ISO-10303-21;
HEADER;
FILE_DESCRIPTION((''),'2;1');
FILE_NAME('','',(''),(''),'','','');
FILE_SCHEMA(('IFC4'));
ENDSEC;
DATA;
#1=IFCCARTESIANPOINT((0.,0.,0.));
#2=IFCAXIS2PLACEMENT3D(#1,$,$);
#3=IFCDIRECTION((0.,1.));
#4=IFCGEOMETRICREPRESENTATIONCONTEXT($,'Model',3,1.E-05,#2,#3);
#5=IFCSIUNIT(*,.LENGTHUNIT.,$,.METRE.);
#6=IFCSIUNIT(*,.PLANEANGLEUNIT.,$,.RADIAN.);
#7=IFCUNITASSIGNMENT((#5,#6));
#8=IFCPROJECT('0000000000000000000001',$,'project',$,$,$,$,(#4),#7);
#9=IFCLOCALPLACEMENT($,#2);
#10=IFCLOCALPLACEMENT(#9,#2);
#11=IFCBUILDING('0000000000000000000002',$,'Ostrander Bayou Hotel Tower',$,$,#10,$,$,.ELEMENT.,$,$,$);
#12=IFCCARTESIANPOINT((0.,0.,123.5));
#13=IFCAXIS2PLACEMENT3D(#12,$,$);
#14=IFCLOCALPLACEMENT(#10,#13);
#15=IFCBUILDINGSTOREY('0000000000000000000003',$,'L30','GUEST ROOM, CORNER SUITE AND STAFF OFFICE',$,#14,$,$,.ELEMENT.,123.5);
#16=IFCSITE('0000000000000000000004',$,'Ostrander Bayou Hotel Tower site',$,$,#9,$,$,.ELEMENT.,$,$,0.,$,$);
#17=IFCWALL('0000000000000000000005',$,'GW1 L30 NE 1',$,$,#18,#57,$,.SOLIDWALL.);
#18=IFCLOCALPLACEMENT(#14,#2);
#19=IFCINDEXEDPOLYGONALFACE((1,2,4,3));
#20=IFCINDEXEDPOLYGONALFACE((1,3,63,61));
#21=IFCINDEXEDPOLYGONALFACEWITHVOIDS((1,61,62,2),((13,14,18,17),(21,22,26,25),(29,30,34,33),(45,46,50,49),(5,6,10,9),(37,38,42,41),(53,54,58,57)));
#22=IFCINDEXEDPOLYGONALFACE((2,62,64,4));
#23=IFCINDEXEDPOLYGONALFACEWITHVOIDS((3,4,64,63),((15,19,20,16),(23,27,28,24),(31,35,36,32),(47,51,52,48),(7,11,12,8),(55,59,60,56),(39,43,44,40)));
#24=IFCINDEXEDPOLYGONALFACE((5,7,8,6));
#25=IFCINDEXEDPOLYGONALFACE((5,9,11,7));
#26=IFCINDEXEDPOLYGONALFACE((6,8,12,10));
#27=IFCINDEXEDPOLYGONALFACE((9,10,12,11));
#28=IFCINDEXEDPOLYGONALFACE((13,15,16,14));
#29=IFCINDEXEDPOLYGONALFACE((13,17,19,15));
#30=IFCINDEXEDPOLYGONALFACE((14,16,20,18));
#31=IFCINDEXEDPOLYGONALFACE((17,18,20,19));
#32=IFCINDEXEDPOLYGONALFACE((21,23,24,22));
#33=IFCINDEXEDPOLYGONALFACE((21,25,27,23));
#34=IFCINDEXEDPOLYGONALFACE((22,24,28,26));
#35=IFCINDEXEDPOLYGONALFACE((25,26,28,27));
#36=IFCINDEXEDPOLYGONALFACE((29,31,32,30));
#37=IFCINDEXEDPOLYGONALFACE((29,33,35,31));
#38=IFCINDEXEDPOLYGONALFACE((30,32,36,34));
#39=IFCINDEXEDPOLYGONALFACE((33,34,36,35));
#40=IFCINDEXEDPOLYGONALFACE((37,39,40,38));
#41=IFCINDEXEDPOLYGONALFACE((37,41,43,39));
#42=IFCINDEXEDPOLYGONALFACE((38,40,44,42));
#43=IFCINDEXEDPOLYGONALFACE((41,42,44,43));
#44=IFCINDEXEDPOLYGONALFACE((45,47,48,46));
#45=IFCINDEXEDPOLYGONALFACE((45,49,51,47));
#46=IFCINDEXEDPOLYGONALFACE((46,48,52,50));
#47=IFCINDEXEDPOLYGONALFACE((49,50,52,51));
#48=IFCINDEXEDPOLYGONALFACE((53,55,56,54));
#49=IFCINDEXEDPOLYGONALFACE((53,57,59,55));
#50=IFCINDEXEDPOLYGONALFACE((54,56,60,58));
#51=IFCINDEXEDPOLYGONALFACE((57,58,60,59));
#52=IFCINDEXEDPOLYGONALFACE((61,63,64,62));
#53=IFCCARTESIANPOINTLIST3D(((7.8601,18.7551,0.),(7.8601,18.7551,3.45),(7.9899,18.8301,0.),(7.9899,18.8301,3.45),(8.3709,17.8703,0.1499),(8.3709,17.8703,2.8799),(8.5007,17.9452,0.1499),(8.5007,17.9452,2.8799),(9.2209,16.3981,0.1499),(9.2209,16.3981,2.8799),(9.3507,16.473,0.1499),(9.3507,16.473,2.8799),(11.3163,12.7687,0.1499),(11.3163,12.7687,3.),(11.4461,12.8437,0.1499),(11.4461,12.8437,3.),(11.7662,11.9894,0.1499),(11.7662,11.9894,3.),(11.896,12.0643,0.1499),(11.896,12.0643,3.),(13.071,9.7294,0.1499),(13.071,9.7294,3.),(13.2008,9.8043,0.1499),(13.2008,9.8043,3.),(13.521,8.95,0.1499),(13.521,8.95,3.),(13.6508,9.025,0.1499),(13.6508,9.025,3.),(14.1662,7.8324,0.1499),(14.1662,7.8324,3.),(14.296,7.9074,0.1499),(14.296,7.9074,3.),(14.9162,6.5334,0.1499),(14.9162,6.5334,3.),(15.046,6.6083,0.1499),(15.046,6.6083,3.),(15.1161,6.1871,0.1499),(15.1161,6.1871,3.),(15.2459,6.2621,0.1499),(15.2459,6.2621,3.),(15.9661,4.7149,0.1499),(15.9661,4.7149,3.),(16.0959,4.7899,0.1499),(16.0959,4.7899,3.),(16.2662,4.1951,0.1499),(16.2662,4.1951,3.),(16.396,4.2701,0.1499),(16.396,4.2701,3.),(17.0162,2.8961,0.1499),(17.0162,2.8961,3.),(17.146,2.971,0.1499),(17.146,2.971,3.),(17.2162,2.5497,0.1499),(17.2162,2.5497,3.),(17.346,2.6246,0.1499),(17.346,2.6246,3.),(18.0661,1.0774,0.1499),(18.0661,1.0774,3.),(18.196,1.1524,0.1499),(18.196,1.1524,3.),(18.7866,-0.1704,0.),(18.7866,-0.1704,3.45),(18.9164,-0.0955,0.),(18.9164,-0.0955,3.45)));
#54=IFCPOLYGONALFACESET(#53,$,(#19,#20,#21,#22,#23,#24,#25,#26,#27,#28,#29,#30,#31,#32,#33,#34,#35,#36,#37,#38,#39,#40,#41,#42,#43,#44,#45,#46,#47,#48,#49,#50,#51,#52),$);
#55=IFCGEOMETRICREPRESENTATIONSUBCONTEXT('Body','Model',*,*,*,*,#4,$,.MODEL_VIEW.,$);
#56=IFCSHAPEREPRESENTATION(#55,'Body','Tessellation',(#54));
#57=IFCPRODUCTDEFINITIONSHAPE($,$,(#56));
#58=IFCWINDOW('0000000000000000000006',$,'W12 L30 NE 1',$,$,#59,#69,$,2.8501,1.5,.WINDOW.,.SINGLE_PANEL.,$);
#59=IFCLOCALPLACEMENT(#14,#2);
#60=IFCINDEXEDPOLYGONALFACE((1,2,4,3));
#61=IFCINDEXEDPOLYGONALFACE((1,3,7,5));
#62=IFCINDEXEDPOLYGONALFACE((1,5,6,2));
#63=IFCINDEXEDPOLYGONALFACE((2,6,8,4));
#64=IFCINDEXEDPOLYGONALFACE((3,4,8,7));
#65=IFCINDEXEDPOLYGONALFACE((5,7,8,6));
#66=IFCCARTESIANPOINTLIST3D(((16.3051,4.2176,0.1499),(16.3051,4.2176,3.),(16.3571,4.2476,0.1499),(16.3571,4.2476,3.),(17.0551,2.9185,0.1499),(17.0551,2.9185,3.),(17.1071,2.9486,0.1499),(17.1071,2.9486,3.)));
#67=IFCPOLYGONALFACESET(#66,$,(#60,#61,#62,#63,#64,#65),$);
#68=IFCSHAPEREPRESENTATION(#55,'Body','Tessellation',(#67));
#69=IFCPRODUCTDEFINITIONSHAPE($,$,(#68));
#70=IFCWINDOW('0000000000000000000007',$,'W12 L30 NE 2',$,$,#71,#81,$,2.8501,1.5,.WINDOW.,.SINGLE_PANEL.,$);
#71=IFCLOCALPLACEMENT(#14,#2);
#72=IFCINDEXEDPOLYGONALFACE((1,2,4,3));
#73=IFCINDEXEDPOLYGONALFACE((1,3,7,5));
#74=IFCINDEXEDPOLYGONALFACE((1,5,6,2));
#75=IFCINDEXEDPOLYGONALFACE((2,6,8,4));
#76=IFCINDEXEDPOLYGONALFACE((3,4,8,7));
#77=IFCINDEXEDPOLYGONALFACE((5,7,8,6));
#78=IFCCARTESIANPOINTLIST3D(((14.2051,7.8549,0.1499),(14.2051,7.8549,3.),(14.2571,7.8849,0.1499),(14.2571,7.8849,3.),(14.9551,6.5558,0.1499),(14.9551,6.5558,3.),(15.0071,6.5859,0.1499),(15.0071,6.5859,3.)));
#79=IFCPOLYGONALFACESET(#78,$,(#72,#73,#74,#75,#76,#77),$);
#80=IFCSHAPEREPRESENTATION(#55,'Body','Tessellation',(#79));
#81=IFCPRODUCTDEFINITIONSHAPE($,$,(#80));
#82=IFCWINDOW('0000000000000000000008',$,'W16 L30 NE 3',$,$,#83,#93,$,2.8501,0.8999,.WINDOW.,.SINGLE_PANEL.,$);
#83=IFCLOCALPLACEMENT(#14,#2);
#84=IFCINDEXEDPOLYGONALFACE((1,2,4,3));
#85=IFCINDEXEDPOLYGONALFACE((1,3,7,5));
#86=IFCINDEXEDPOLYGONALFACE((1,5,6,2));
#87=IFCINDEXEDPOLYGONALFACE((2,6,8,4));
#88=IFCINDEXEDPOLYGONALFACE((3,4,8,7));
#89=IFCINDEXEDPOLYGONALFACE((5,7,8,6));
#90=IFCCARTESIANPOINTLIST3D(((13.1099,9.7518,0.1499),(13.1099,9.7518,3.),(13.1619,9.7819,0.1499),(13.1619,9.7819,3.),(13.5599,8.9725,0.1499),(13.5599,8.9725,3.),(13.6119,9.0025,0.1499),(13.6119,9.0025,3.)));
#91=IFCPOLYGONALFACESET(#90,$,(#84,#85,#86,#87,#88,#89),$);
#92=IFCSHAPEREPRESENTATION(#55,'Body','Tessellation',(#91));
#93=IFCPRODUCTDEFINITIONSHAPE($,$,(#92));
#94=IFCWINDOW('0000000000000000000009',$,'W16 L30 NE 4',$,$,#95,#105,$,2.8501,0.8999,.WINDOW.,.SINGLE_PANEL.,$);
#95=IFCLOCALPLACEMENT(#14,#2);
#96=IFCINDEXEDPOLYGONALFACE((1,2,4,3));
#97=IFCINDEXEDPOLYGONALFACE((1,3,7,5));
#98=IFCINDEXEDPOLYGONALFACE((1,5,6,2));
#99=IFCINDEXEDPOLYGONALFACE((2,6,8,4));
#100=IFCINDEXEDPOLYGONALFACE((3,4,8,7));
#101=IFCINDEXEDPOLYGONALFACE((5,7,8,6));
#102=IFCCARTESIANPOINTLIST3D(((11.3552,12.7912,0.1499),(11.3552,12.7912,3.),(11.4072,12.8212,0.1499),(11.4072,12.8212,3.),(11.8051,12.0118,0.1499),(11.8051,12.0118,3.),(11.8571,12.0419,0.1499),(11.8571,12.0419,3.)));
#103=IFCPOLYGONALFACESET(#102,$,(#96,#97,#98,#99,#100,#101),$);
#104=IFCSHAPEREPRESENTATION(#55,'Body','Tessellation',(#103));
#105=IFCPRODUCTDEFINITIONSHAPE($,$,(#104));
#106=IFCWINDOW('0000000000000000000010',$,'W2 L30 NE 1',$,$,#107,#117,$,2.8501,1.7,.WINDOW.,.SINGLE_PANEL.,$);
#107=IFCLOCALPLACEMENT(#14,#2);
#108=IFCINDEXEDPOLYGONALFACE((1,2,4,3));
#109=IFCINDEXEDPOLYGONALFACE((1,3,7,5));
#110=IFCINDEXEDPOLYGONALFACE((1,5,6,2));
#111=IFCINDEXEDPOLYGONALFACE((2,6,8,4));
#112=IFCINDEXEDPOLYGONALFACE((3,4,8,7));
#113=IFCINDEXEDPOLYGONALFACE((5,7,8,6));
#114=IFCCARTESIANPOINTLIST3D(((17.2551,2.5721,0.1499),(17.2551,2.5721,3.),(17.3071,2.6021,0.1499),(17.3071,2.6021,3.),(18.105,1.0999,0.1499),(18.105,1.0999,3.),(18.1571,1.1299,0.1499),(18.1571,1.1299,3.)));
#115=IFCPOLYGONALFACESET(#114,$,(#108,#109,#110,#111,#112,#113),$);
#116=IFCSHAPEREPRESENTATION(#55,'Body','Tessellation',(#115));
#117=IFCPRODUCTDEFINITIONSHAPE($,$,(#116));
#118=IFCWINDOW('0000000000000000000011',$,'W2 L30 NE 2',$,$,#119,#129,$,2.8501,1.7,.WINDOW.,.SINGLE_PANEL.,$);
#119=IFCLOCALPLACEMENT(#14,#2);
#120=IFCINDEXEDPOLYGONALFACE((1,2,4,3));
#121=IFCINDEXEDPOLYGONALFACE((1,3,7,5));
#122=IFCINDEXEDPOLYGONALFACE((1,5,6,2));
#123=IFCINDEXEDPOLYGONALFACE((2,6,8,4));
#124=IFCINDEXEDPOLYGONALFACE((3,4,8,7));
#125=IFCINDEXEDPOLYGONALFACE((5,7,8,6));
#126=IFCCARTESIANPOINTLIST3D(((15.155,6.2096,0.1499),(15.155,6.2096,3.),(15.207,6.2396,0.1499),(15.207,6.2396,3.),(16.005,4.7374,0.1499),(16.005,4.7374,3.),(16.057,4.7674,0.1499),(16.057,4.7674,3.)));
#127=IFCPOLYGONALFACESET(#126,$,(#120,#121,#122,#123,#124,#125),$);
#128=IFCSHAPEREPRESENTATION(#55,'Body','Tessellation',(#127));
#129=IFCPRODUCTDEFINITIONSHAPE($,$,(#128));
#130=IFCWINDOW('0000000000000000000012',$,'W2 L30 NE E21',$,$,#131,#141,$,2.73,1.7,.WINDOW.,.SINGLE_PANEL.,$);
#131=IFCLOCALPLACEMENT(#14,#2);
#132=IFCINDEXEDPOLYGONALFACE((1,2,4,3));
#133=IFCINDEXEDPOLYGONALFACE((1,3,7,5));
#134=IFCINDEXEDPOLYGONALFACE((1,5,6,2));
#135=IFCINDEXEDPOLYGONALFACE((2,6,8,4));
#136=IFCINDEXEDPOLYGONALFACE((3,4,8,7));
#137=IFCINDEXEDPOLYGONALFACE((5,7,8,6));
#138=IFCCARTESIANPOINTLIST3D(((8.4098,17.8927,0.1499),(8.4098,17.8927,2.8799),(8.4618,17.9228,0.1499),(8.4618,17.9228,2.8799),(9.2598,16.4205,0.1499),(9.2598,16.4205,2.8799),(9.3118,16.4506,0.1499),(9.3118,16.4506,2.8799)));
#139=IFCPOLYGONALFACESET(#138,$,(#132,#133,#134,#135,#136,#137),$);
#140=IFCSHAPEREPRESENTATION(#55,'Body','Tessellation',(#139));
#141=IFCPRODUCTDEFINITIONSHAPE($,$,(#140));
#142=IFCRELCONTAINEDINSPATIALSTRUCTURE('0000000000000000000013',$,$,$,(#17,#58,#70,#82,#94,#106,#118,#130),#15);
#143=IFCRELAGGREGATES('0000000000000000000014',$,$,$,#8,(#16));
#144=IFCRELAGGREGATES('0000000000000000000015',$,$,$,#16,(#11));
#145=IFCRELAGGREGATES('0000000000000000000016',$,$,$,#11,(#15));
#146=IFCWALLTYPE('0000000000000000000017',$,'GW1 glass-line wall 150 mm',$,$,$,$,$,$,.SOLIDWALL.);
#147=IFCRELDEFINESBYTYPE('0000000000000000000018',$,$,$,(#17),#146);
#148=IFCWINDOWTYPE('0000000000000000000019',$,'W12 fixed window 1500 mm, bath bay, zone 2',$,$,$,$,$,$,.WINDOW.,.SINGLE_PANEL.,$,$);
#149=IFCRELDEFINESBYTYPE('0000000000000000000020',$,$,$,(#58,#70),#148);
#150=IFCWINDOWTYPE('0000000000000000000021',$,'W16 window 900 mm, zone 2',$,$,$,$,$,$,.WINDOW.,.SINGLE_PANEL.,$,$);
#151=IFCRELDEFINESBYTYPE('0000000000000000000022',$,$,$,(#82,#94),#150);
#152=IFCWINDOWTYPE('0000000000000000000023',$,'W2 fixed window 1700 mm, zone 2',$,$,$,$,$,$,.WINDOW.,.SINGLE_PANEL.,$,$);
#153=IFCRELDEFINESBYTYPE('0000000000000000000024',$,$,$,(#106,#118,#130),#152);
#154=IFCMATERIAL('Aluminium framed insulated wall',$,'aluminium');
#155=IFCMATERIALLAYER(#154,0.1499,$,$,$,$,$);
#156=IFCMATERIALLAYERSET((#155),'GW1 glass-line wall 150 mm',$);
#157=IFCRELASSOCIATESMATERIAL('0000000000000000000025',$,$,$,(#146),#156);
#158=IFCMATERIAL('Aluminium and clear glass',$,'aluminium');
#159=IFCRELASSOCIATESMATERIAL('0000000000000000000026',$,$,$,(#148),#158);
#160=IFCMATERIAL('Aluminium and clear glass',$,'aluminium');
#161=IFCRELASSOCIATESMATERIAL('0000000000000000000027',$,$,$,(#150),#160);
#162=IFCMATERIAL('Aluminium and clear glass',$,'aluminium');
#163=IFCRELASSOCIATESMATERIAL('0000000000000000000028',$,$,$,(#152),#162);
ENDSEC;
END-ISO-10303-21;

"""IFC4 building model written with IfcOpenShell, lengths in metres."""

from ifc_helpers import new_model, si_unit, direction, frame, frame_2d, origin, place, context, subcontext, project, spatial, rectangle, extrude, material, layer, layer_set, type_object, element, fill, save


model = new_model("IFC4")

# Units and contexts
model_context = context("Model", 3, precision=1e-05, world=origin(), true_north=direction((0.0, 1.0)))
body_context = subcontext(model_context, "Body", "Model", "MODEL_VIEW")
ifc_project = project(units=[si_unit("LENGTHUNIT", "METRE"), si_unit("PLANEANGLEUNIT", "RADIAN")], contexts=[model_context])

# Site, building, storey
site_placement = place(None, origin())
site = spatial("IfcSite", under=ifc_project, at=site_placement, Name="Ostrander Bayou Hotel Tower site", CompositionType="ELEMENT", RefElevation=0.0)
building_placement = place(site_placement, origin())
building = spatial("IfcBuilding", under=site, at=building_placement, Name="Ostrander Bayou Hotel Tower", CompositionType="ELEMENT")
storey_placement = place(building_placement, frame((0.0, 0.0, 123.5)))
storey = spatial("IfcBuildingStorey", under=building, at=storey_placement, Name="L30", Description="GUEST ROOM, CORNER SUITE AND STAFF OFFICE", CompositionType="ELEMENT", Elevation=123.5)

# Wall, openings, windows
ifc_material_1 = material(Name="Aluminium framed insulated wall", Category="aluminium")
ifc_layer_1 = layer(ifc_material_1, 0.1499)
ifc_layer_set_1 = layer_set([ifc_layer_1], Name="GW1 glass-line wall 150 mm")
wall_type_1 = type_object("IfcWallType", Name="GW1 glass-line wall 150 mm", PredefinedType="SOLIDWALL", material=ifc_layer_set_1)
wall_1_placement = place(storey_placement, frame((18.8516, -0.1331, 0.0), z_axis=(0.0, 0.0, 1.0), x_axis=(-0.499995, 0.866028, 0.0)))
wall_1 = element("IfcWall", 1, at=wall_1_placement, inside=storey, type_object=wall_type_1, Name="GW1 L30 NE 1", PredefinedType="SOLIDWALL", context=body_context, shape_type="SweptSolid", body=[
    extrude(rectangle(XDim=21.8533, YDim=0.1499, at=frame_2d((10.9268, 0.0))), origin(), (0.0, 0.0, 1.0), 3.45),
])
opening_1_placement = place(wall_1_placement, frame((1.4409, 0.0, 0.1499)))
opening_1 = element("IfcOpeningElement", 2, at=opening_1_placement, cuts=wall_1, PredefinedType="OPENING", context=body_context, shape_type="SweptSolid", body=[
    extrude(rectangle(XDim=1.7, YDim=2.8501, at=frame_2d((0.8501, 1.425))), frame((0.0, 0.075, 0.0), z_axis=(0.0, -1.0, 0.0), x_axis=(1.0, 0.0, 0.0)), (0.0, 0.0, 1.0), 0.1499),
])
opening_2_placement = place(wall_1_placement, frame((3.541, 0.0, 0.1499)))
opening_2 = element("IfcOpeningElement", 3, at=opening_2_placement, cuts=wall_1, PredefinedType="OPENING", context=body_context, shape_type="SweptSolid", body=[
    extrude(rectangle(XDim=1.5, YDim=2.8501, at=frame_2d((0.75, 1.425))), frame((0.0, 0.075, 0.0), z_axis=(0.0, -1.0, 0.0), x_axis=(1.0, 0.0, 0.0)), (0.0, 0.0, 1.0), 0.1499),
])
opening_3_placement = place(wall_1_placement, frame((5.6411, 0.0, 0.1499)))
opening_3 = element("IfcOpeningElement", 4, at=opening_3_placement, cuts=wall_1, PredefinedType="OPENING", context=body_context, shape_type="SweptSolid", body=[
    extrude(rectangle(XDim=1.7, YDim=2.8501, at=frame_2d((0.8501, 1.425))), frame((0.0, 0.075, 0.0), z_axis=(0.0, -1.0, 0.0), x_axis=(1.0, 0.0, 0.0)), (0.0, 0.0, 1.0), 0.1499),
])
opening_4_placement = place(wall_1_placement, frame((7.741, 0.0, 0.1499)))
opening_4 = element("IfcOpeningElement", 5, at=opening_4_placement, cuts=wall_1, PredefinedType="OPENING", context=body_context, shape_type="SweptSolid", body=[
    extrude(rectangle(XDim=1.5, YDim=2.8501, at=frame_2d((0.75, 1.425))), frame((0.0, 0.075, 0.0), z_axis=(0.0, -1.0, 0.0), x_axis=(1.0, 0.0, 0.0)), (0.0, 0.0, 1.0), 0.1499),
])
opening_5_placement = place(wall_1_placement, frame((10.5315, 0.0, 0.1499)))
opening_5 = element("IfcOpeningElement", 6, at=opening_5_placement, cuts=wall_1, PredefinedType="OPENING", context=body_context, shape_type="SweptSolid", body=[
    extrude(rectangle(XDim=0.8999, YDim=2.8501, at=frame_2d((0.45, 1.425))), frame((0.0, 0.075, 0.0), z_axis=(0.0, -1.0, 0.0), x_axis=(1.0, 0.0, 0.0)), (0.0, 0.0, 1.0), 0.1499),
])
opening_6_placement = place(wall_1_placement, frame((14.041, 0.0, 0.1499)))
opening_6 = element("IfcOpeningElement", 7, at=opening_6_placement, cuts=wall_1, PredefinedType="OPENING", context=body_context, shape_type="SweptSolid", body=[
    extrude(rectangle(XDim=0.8999, YDim=2.8501, at=frame_2d((0.45, 1.425))), frame((0.0, 0.075, 0.0), z_axis=(0.0, -1.0, 0.0), x_axis=(1.0, 0.0, 0.0)), (0.0, 0.0, 1.0), 0.1499),
])
opening_7_placement = place(wall_1_placement, frame((19.1316, 0.0, 0.1499)))
opening_7 = element("IfcOpeningElement", 8, at=opening_7_placement, cuts=wall_1, PredefinedType="OPENING", context=body_context, shape_type="SweptSolid", body=[
    extrude(rectangle(XDim=1.7, YDim=2.73, at=frame_2d((0.8501, 1.365))), frame((0.0, 0.075, 0.0), z_axis=(0.0, -1.0, 0.0), x_axis=(1.0, 0.0, 0.0)), (0.0, 0.0, 1.0), 0.1499),
])
ifc_material_2 = material(Name="Aluminium and clear glass", Category="aluminium")
window_type_1 = type_object("IfcWindowType", Name="W12 fixed window 1500 mm, bath bay, zone 2", PartitioningType="SINGLE_PANEL", PredefinedType="WINDOW", material=ifc_material_2)
window_1_placement = place(opening_2_placement, origin())
window_1 = element("IfcWindow", 9, at=window_1_placement, inside=storey, type_object=window_type_1, Name="W12 L30 NE 1", OverallHeight=2.8501, OverallWidth=1.5, PartitioningType="SINGLE_PANEL", PredefinedType="WINDOW", context=body_context, shape_type="SweptSolid", body=[
    extrude(rectangle(XDim=1.5, YDim=2.8501, at=frame_2d((0.75, 1.425))), frame((0.0, 0.03, 0.0), z_axis=(0.0, -1.0, 0.0), x_axis=(1.0, 0.0, 0.0)), (0.0, 0.0, 1.0), 0.0601),
])
fill(opening_2, window_1)
window_2_placement = place(opening_4_placement, origin())
window_2 = element("IfcWindow", 10, at=window_2_placement, inside=storey, type_object=window_type_1, Name="W12 L30 NE 2", OverallHeight=2.8501, OverallWidth=1.5, PartitioningType="SINGLE_PANEL", PredefinedType="WINDOW", context=body_context, shape_type="SweptSolid", body=[
    extrude(rectangle(XDim=1.5, YDim=2.8501, at=frame_2d((0.75, 1.425))), frame((0.0, 0.03, 0.0), z_axis=(0.0, -1.0, 0.0), x_axis=(1.0, 0.0, 0.0)), (0.0, 0.0, 1.0), 0.0601),
])
fill(opening_4, window_2)
ifc_material_3 = material(Name="Aluminium and clear glass", Category="aluminium")
window_type_2 = type_object("IfcWindowType", Name="W16 window 900 mm, zone 2", PartitioningType="SINGLE_PANEL", PredefinedType="WINDOW", material=ifc_material_3)
window_3_placement = place(opening_5_placement, origin())
window_3 = element("IfcWindow", 11, at=window_3_placement, inside=storey, type_object=window_type_2, Name="W16 L30 NE 3", OverallHeight=2.8501, OverallWidth=0.8999, PartitioningType="SINGLE_PANEL", PredefinedType="WINDOW", context=body_context, shape_type="SweptSolid", body=[
    extrude(rectangle(XDim=0.8999, YDim=2.8501, at=frame_2d((0.45, 1.425))), frame((0.0, 0.03, 0.0), z_axis=(0.0, -1.0, 0.0), x_axis=(1.0, 0.0, 0.0)), (0.0, 0.0, 1.0), 0.0601),
])
fill(opening_5, window_3)
window_4_placement = place(opening_6_placement, origin())
window_4 = element("IfcWindow", 12, at=window_4_placement, inside=storey, type_object=window_type_2, Name="W16 L30 NE 4", OverallHeight=2.8501, OverallWidth=0.8999, PartitioningType="SINGLE_PANEL", PredefinedType="WINDOW", context=body_context, shape_type="SweptSolid", body=[
    extrude(rectangle(XDim=0.8999, YDim=2.8501, at=frame_2d((0.45, 1.425))), frame((0.0, 0.03, 0.0), z_axis=(0.0, -1.0, 0.0), x_axis=(1.0, 0.0, 0.0)), (0.0, 0.0, 1.0), 0.0601),
])
fill(opening_6, window_4)
ifc_material_4 = material(Name="Aluminium and clear glass", Category="aluminium")
window_type_3 = type_object("IfcWindowType", Name="W2 fixed window 1700 mm, zone 2", PartitioningType="SINGLE_PANEL", PredefinedType="WINDOW", material=ifc_material_4)
window_5_placement = place(opening_1_placement, origin())
window_5 = element("IfcWindow", 13, at=window_5_placement, inside=storey, type_object=window_type_3, Name="W2 L30 NE 1", OverallHeight=2.8501, OverallWidth=1.7, PartitioningType="SINGLE_PANEL", PredefinedType="WINDOW", context=body_context, shape_type="SweptSolid", body=[
    extrude(rectangle(XDim=1.7, YDim=2.8501, at=frame_2d((0.8501, 1.425))), frame((0.0, 0.03, 0.0), z_axis=(0.0, -1.0, 0.0), x_axis=(1.0, 0.0, 0.0)), (0.0, 0.0, 1.0), 0.0601),
])
fill(opening_1, window_5)
window_6_placement = place(opening_3_placement, origin())
window_6 = element("IfcWindow", 14, at=window_6_placement, inside=storey, type_object=window_type_3, Name="W2 L30 NE 2", OverallHeight=2.8501, OverallWidth=1.7, PartitioningType="SINGLE_PANEL", PredefinedType="WINDOW", context=body_context, shape_type="SweptSolid", body=[
    extrude(rectangle(XDim=1.7, YDim=2.8501, at=frame_2d((0.8501, 1.425))), frame((0.0, 0.03, 0.0), z_axis=(0.0, -1.0, 0.0), x_axis=(1.0, 0.0, 0.0)), (0.0, 0.0, 1.0), 0.0601),
])
fill(opening_3, window_6)
window_7_placement = place(opening_7_placement, origin())
window_7 = element("IfcWindow", 15, at=window_7_placement, inside=storey, type_object=window_type_3, Name="W2 L30 NE E21", OverallHeight=2.73, OverallWidth=1.7, PartitioningType="SINGLE_PANEL", PredefinedType="WINDOW", context=body_context, shape_type="SweptSolid", body=[
    extrude(rectangle(XDim=1.7, YDim=2.73, at=frame_2d((0.8501, 1.365))), frame((0.0, 0.03, 0.0), z_axis=(0.0, -1.0, 0.0), x_axis=(1.0, 0.0, 0.0)), (0.0, 0.0, 1.0), 0.0601),
])
fill(opening_7, window_7)

save(model, "model.ifc")
